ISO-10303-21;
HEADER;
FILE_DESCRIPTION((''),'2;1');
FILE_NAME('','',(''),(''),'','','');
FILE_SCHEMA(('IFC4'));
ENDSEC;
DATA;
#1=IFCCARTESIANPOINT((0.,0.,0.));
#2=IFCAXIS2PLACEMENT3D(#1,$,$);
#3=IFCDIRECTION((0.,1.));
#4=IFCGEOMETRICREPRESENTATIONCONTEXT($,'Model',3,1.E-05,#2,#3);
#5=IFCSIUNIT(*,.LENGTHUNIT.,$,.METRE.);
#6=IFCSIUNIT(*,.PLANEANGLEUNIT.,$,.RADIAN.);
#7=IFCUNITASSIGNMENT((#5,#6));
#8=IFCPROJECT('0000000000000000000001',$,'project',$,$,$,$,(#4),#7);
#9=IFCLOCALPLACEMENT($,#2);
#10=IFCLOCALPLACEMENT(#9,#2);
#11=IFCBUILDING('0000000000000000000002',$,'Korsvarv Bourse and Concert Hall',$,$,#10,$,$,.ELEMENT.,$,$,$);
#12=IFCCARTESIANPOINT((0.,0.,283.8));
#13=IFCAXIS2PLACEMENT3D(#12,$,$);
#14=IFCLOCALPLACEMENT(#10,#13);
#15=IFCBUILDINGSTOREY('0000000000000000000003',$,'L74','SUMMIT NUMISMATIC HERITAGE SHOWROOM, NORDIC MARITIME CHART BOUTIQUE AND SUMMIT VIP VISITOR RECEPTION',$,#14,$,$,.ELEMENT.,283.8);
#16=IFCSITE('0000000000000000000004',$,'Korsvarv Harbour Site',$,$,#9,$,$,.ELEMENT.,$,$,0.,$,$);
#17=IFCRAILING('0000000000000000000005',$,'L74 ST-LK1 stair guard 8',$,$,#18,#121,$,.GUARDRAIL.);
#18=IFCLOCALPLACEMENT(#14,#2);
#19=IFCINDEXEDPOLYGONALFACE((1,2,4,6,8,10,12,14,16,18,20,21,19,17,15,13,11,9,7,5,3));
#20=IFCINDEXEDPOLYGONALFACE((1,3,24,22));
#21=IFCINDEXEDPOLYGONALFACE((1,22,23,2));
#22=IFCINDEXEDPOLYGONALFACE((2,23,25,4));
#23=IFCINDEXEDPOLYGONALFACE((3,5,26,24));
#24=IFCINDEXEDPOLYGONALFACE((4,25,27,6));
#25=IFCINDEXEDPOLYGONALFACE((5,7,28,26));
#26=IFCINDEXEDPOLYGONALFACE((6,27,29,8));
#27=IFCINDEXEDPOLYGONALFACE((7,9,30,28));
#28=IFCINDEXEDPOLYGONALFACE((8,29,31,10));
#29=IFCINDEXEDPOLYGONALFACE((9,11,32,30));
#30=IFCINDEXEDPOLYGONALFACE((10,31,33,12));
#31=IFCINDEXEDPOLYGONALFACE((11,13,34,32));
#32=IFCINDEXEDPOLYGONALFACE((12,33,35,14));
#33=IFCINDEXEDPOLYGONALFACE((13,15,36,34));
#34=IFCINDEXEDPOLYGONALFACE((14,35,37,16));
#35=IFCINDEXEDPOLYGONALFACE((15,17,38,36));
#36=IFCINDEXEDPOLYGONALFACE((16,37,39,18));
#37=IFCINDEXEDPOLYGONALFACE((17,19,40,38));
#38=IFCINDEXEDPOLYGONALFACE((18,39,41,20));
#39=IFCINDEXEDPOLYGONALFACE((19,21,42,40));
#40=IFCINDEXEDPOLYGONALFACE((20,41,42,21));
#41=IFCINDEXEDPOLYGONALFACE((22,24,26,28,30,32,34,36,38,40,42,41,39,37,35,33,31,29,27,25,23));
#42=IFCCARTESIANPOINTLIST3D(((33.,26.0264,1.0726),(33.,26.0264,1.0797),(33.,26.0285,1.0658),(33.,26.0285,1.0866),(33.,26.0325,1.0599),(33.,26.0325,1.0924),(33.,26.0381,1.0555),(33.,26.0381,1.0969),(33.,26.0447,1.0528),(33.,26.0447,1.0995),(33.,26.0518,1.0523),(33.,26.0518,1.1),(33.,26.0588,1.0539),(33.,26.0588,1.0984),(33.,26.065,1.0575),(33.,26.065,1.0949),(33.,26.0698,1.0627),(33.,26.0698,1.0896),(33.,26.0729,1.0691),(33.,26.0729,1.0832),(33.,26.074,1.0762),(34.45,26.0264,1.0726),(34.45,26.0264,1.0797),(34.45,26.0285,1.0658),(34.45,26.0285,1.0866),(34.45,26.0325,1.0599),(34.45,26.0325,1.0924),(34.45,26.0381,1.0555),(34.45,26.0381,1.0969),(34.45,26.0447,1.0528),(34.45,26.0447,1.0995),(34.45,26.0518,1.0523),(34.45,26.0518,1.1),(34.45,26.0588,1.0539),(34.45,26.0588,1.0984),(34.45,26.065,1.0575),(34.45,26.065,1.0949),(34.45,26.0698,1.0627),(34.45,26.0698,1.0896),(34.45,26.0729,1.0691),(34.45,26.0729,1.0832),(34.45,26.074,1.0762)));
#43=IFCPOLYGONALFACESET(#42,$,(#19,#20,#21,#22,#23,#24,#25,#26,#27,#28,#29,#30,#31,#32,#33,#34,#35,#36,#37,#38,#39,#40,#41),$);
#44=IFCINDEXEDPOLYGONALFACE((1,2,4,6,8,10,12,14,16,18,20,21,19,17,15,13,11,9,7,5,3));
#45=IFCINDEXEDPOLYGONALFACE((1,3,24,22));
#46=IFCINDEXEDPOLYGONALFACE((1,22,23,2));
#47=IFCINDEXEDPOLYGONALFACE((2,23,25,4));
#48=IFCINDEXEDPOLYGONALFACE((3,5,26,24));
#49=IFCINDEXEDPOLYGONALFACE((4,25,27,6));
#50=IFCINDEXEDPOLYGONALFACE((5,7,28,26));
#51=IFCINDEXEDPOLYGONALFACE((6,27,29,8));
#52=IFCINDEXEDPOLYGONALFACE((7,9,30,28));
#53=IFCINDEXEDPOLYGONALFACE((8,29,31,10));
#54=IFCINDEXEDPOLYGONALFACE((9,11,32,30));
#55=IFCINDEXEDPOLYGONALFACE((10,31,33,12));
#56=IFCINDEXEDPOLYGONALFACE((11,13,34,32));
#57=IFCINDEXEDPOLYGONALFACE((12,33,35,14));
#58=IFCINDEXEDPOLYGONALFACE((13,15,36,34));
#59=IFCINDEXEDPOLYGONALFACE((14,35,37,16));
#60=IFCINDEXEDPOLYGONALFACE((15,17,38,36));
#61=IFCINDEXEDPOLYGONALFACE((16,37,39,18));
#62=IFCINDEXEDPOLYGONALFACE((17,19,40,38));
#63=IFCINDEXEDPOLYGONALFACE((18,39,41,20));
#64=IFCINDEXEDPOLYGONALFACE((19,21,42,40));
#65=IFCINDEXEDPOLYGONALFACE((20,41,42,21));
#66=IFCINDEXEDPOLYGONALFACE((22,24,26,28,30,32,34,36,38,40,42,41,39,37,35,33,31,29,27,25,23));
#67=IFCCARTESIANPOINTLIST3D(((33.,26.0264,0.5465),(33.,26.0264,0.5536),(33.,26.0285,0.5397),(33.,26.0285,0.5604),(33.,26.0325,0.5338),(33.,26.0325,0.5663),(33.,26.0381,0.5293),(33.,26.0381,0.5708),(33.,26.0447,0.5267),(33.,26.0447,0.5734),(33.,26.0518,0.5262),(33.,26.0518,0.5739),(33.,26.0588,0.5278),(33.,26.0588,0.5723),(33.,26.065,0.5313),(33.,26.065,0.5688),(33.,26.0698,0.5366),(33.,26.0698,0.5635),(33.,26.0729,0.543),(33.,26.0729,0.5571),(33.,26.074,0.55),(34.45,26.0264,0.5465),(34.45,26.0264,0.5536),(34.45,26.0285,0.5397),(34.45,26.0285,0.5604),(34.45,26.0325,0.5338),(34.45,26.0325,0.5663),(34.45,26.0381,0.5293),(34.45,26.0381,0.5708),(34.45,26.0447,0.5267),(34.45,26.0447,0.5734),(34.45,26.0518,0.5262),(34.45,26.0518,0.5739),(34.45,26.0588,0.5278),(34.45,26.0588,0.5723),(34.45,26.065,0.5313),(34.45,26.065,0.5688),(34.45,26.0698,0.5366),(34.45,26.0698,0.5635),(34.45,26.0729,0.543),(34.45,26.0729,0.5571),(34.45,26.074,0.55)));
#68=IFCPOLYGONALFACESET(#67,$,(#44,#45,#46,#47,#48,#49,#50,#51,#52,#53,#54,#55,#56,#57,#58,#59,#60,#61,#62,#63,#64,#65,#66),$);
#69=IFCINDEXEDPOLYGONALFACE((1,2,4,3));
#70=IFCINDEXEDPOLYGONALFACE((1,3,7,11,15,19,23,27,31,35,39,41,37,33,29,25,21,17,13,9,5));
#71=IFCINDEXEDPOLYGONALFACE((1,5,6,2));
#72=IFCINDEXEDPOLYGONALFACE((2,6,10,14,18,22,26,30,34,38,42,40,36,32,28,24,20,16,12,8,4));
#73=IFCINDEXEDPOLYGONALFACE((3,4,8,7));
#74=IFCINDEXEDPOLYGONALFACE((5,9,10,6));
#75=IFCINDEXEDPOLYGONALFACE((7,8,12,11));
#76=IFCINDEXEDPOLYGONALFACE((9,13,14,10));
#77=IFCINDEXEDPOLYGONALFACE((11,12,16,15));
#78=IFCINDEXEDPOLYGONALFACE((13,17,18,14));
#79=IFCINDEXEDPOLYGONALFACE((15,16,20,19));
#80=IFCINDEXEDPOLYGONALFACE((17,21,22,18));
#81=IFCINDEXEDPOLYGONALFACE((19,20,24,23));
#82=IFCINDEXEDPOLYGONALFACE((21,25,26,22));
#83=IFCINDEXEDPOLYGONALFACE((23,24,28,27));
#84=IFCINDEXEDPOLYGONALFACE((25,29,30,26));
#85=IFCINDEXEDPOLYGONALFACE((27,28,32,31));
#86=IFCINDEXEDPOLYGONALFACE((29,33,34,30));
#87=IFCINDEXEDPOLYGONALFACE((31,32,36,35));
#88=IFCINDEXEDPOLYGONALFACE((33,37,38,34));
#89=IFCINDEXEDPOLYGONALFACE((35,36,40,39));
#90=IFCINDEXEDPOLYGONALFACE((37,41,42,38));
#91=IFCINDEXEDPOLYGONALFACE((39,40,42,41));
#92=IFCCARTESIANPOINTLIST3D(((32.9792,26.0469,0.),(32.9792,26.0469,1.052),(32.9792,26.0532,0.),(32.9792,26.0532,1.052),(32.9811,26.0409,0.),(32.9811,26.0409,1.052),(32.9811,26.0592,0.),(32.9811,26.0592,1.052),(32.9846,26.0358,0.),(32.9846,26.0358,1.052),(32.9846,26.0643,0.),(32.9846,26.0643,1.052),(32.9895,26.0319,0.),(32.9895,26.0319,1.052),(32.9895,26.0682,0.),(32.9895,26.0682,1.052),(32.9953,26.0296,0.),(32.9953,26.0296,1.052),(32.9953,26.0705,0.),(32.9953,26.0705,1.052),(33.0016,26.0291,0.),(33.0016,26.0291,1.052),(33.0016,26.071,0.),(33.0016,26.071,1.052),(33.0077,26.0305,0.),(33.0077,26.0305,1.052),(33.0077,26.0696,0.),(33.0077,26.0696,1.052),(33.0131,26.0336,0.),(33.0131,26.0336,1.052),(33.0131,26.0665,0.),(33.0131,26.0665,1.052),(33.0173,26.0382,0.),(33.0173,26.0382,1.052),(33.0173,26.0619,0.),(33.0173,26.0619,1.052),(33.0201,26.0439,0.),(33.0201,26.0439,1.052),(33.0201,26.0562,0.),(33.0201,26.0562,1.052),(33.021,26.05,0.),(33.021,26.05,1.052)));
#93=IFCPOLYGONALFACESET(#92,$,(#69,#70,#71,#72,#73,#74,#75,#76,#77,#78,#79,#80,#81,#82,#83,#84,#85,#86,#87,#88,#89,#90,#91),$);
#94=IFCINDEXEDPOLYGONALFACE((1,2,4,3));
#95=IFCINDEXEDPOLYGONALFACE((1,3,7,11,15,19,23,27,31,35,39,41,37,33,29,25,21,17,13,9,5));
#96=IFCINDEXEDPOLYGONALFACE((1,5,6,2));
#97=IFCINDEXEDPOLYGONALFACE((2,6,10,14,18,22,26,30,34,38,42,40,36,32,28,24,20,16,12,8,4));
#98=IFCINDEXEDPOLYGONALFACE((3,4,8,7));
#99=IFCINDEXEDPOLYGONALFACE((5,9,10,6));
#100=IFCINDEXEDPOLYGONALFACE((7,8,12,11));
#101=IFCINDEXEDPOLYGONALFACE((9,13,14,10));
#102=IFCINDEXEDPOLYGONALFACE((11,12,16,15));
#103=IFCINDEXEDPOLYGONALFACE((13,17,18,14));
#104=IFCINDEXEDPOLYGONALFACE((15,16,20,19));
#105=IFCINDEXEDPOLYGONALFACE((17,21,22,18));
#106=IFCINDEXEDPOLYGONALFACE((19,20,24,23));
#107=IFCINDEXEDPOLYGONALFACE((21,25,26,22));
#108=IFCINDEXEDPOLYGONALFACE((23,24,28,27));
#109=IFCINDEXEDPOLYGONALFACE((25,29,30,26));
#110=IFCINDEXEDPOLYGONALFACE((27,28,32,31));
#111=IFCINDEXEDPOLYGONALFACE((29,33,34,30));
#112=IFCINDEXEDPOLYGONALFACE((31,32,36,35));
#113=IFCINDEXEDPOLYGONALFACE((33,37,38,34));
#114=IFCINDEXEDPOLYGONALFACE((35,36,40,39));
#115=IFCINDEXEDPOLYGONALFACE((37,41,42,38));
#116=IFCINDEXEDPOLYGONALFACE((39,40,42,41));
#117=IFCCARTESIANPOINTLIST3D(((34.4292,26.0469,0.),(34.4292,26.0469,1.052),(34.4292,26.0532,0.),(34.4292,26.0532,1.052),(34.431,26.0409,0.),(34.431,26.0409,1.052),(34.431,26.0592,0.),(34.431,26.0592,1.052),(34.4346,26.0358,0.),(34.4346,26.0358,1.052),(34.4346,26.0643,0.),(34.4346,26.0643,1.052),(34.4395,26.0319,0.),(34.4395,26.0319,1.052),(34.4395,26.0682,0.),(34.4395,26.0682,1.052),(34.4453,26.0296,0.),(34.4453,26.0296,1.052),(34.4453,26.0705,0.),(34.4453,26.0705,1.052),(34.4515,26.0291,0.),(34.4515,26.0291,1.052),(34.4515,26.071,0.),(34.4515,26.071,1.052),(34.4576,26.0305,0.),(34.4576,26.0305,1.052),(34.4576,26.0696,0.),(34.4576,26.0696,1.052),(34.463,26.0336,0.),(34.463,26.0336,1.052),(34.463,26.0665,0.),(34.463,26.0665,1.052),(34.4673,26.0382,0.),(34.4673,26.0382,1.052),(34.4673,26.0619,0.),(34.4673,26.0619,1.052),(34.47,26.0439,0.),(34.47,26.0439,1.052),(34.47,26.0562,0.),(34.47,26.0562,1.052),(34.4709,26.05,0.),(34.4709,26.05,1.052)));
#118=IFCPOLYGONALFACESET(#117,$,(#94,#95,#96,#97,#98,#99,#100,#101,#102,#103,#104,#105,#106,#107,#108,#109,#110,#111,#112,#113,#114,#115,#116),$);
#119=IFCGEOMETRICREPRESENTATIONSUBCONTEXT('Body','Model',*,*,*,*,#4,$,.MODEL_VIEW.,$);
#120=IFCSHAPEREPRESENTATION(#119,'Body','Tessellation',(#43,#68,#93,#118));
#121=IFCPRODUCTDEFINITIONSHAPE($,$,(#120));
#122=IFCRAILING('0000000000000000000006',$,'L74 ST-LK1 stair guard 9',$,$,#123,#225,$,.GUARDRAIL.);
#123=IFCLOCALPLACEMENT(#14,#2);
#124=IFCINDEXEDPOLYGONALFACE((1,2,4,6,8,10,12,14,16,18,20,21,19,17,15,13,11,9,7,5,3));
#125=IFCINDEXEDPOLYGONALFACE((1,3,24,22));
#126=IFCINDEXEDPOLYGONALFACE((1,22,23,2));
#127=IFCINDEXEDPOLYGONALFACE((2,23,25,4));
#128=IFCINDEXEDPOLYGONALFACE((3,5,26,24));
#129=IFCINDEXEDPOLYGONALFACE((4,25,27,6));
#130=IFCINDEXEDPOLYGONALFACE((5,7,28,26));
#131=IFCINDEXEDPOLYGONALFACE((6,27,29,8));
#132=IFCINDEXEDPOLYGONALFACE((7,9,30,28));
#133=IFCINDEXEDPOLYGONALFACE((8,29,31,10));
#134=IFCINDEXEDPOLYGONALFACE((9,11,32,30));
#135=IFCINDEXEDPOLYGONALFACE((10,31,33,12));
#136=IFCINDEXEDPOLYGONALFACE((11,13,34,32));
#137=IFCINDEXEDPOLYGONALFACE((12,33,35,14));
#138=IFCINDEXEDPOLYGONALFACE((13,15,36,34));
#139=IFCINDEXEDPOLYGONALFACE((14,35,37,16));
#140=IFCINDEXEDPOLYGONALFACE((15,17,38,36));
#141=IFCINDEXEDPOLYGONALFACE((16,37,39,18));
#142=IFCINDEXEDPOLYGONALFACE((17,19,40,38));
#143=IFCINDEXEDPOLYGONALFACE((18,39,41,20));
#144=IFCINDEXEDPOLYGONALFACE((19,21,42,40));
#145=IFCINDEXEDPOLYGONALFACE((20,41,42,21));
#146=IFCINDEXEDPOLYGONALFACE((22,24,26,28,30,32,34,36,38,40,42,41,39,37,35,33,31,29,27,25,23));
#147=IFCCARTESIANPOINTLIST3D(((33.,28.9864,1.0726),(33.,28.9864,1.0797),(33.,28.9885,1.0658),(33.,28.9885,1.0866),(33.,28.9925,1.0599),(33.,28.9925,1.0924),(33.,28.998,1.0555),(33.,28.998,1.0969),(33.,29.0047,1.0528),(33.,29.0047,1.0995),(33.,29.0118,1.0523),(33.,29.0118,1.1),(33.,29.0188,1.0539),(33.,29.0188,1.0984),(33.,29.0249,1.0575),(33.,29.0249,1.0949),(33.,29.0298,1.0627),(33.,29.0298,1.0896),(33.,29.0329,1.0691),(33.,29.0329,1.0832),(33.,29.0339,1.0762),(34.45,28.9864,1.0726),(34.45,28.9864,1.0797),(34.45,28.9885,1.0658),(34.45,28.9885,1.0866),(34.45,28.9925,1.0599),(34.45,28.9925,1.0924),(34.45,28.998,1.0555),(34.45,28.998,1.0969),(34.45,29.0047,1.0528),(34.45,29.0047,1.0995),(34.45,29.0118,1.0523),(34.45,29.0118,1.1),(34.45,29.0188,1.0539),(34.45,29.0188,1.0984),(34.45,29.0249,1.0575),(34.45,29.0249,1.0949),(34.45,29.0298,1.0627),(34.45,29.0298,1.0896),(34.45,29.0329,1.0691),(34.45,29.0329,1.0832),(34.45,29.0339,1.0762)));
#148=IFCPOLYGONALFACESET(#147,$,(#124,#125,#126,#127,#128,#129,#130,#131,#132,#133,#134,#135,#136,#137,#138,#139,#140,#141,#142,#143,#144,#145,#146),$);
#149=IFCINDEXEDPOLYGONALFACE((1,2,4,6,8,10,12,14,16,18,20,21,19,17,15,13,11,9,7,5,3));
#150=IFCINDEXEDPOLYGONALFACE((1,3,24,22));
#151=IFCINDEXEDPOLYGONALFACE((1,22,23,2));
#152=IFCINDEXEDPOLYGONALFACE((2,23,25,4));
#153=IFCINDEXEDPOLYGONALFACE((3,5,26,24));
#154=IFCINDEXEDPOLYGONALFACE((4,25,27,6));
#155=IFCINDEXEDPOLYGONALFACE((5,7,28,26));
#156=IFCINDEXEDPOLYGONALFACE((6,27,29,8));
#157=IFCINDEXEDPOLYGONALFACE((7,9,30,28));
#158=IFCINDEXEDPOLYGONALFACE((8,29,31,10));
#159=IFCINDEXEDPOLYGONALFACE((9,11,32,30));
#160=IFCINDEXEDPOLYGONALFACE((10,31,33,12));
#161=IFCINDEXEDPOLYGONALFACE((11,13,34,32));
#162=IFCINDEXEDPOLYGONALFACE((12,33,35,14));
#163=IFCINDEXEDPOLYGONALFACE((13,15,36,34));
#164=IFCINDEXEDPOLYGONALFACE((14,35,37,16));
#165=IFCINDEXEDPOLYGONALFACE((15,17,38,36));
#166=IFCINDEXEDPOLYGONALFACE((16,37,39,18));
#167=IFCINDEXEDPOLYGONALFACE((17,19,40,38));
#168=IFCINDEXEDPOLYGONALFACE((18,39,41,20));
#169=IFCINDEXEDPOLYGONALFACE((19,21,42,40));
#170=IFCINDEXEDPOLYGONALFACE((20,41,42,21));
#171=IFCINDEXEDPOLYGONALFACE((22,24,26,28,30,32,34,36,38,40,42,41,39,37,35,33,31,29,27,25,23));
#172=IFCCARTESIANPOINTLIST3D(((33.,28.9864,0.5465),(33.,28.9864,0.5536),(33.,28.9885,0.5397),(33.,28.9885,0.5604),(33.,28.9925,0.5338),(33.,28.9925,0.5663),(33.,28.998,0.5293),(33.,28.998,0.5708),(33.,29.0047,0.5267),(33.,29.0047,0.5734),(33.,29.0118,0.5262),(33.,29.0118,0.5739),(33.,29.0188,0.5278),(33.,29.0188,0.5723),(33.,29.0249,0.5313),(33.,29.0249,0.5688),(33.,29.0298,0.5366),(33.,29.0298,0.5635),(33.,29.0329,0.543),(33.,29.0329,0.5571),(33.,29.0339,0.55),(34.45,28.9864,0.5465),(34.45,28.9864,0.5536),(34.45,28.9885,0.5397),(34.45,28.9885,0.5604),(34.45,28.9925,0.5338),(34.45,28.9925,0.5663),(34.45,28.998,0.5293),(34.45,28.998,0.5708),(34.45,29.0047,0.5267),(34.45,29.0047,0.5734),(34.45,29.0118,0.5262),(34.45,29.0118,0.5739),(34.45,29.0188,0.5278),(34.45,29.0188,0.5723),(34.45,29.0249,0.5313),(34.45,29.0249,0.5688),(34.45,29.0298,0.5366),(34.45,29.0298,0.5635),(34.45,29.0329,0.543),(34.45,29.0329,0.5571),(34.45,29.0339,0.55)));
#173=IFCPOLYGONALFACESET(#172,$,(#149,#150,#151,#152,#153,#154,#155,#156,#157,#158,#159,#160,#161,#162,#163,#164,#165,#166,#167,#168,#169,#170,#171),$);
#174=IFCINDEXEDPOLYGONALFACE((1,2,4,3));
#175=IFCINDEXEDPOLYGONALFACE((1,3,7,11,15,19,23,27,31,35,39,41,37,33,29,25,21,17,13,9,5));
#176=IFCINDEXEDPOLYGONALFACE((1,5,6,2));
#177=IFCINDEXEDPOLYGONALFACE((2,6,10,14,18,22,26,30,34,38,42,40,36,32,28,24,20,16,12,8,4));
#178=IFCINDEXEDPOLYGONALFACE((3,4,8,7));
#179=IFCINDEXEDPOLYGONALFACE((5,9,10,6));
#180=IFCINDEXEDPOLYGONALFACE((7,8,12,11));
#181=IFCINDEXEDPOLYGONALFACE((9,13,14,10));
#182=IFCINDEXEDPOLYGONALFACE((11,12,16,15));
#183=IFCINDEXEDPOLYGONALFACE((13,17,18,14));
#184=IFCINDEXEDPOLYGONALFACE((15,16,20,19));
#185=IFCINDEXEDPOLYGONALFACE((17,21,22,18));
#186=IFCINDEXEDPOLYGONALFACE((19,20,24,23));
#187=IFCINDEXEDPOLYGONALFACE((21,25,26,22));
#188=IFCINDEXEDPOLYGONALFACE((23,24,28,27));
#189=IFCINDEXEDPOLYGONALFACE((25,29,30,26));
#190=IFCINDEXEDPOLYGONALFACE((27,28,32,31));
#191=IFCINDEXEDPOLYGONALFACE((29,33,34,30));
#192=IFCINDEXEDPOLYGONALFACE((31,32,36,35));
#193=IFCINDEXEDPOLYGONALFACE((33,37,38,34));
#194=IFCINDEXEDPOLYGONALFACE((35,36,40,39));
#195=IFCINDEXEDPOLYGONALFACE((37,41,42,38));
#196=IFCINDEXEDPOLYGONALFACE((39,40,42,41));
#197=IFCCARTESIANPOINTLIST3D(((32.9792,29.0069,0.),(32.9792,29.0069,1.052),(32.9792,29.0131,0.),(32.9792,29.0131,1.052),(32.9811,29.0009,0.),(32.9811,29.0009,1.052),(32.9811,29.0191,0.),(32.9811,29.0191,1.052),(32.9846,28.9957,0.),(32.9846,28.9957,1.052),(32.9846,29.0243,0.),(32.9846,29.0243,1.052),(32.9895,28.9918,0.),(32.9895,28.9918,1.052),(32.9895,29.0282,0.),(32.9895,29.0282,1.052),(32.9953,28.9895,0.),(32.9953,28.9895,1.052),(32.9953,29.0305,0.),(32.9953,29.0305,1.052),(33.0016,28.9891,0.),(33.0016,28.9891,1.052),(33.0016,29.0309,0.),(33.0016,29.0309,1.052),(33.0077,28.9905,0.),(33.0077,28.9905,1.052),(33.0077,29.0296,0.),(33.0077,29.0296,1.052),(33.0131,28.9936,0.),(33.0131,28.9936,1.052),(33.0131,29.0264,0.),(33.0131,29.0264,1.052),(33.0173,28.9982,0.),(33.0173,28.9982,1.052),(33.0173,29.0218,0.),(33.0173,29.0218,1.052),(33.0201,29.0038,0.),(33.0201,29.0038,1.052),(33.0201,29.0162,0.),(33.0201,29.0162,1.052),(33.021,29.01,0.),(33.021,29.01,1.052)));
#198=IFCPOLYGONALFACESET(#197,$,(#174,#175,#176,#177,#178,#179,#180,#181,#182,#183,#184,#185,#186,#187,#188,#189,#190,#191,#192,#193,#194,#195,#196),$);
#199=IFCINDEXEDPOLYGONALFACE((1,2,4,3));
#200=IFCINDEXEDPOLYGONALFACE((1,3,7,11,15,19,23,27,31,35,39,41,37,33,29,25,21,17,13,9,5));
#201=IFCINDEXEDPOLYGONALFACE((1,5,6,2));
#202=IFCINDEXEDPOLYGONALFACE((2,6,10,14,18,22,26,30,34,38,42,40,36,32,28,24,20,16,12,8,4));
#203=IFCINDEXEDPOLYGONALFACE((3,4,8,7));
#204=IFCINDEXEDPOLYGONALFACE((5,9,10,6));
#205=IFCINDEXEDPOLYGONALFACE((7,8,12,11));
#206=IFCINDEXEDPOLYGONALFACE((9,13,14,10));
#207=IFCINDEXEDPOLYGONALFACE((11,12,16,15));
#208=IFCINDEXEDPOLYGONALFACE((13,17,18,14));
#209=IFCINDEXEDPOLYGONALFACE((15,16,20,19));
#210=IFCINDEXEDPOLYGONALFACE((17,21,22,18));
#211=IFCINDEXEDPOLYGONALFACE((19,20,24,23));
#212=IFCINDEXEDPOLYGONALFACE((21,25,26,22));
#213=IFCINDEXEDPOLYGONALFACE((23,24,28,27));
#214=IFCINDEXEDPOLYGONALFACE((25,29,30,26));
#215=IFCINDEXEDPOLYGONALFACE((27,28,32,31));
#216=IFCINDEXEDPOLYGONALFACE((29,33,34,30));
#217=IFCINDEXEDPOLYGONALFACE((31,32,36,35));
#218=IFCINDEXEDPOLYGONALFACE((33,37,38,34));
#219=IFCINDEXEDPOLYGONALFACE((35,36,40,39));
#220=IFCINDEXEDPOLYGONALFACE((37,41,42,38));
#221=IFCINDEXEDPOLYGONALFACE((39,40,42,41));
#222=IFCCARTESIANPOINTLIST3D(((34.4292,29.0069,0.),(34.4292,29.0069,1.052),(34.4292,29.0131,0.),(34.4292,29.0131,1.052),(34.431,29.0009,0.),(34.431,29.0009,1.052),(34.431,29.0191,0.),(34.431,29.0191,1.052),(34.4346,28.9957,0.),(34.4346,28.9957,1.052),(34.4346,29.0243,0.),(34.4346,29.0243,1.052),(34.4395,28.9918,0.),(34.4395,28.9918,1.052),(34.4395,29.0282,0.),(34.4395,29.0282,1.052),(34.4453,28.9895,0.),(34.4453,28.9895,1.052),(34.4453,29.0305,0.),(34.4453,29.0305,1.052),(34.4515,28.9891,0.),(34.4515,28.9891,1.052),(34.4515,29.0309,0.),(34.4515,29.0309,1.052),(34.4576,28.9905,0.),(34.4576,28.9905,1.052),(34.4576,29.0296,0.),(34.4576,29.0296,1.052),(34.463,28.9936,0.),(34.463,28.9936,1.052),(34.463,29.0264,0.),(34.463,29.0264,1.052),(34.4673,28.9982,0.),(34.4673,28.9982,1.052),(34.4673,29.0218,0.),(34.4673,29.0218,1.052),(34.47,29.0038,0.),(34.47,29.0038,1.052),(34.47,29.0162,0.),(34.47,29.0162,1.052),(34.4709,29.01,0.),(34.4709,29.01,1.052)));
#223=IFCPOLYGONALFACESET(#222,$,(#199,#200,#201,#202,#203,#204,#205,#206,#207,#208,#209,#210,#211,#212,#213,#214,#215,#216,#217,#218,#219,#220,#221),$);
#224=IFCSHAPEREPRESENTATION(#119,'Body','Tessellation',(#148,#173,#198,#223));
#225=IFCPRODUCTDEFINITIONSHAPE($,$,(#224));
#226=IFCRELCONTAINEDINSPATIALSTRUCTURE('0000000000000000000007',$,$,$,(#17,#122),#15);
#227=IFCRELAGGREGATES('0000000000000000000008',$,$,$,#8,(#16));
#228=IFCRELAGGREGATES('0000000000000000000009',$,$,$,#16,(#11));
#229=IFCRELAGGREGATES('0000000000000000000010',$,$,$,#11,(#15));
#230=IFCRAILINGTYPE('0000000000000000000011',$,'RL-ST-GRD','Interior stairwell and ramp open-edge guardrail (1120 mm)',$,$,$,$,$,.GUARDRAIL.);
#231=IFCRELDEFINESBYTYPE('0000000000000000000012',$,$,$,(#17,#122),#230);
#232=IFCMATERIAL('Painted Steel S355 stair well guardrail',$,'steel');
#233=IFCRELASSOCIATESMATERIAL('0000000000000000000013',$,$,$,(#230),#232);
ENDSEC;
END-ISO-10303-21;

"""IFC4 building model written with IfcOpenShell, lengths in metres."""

from ifc_helpers import new_model, si_unit, direction, frame, origin, origin_2d, place, context, subcontext, project, spatial, circle, extrude, material, type_object, element, save


model = new_model("IFC4")

# Units and contexts
model_context = context("Model", 3, precision=1e-05, world=origin(), true_north=direction((0.0, 1.0)))
body_context = subcontext(model_context, "Body", "Model", "MODEL_VIEW")
ifc_project = project(units=[si_unit("LENGTHUNIT", "METRE"), si_unit("PLANEANGLEUNIT", "RADIAN")], contexts=[model_context])

# Site, building, storey
site_placement = place(None, origin())
site = spatial("IfcSite", under=ifc_project, at=site_placement, Name="Korsvarv Harbour Site", CompositionType="ELEMENT", RefElevation=0.0)
building_placement = place(site_placement, origin())
building = spatial("IfcBuilding", under=site, at=building_placement, Name="Korsvarv Bourse and Concert Hall", CompositionType="ELEMENT")
storey_placement = place(building_placement, frame((0.0, 0.0, 283.8)))
storey = spatial("IfcBuildingStorey", under=building, at=storey_placement, Name="L74", Description="SUMMIT NUMISMATIC HERITAGE SHOWROOM, NORDIC MARITIME CHART BOUTIQUE AND SUMMIT VIP VISITOR RECEPTION", CompositionType="ELEMENT", Elevation=283.8)

# Railings
ifc_material_1 = material(Name="Painted Steel S355 stair well guardrail", Category="steel")
railing_type_1 = type_object("IfcRailingType", Name="RL-ST-GRD", Description="Interior stairwell and ramp open-edge guardrail (1120 mm)", PredefinedType="GUARDRAIL", material=ifc_material_1)
for number, where, name in (
    (1, (33.0, 26.05, 0.0), "L74 ST-LK1 stair guard 8"),
    (2, (33.0, 29.01, 0.0), "L74 ST-LK1 stair guard 9"),
):
    element("IfcRailing", number, at=place(storey_placement, frame(where)), inside=storey, type_object=railing_type_1, Name=name, PredefinedType="GUARDRAIL", context=body_context, shape_type="SweptSolid", body=[
        extrude(circle(Radius=0.0239, at=origin_2d()), frame((0.0, 0.0, 1.0762), z_axis=(1.0, 0.0, 0.0), x_axis=(0.0, 1.0, 0.0)), (0.0, 0.0, 1.0), 1.45),
        extrude(circle(Radius=0.0239, at=origin_2d()), frame((0.0, 0.0, 0.55), z_axis=(1.0, 0.0, 0.0), x_axis=(0.0, 1.0, 0.0)), (0.0, 0.0, 1.0), 1.45),
        extrude(circle(Radius=0.021, at=origin_2d()), origin(), (0.0, 0.0, 1.0), 1.052),
        extrude(circle(Radius=0.021, at=origin_2d()), frame((1.45, 0.0, 0.0)), (0.0, 0.0, 1.0), 1.052),
    ])

save(model, "model.ifc")
